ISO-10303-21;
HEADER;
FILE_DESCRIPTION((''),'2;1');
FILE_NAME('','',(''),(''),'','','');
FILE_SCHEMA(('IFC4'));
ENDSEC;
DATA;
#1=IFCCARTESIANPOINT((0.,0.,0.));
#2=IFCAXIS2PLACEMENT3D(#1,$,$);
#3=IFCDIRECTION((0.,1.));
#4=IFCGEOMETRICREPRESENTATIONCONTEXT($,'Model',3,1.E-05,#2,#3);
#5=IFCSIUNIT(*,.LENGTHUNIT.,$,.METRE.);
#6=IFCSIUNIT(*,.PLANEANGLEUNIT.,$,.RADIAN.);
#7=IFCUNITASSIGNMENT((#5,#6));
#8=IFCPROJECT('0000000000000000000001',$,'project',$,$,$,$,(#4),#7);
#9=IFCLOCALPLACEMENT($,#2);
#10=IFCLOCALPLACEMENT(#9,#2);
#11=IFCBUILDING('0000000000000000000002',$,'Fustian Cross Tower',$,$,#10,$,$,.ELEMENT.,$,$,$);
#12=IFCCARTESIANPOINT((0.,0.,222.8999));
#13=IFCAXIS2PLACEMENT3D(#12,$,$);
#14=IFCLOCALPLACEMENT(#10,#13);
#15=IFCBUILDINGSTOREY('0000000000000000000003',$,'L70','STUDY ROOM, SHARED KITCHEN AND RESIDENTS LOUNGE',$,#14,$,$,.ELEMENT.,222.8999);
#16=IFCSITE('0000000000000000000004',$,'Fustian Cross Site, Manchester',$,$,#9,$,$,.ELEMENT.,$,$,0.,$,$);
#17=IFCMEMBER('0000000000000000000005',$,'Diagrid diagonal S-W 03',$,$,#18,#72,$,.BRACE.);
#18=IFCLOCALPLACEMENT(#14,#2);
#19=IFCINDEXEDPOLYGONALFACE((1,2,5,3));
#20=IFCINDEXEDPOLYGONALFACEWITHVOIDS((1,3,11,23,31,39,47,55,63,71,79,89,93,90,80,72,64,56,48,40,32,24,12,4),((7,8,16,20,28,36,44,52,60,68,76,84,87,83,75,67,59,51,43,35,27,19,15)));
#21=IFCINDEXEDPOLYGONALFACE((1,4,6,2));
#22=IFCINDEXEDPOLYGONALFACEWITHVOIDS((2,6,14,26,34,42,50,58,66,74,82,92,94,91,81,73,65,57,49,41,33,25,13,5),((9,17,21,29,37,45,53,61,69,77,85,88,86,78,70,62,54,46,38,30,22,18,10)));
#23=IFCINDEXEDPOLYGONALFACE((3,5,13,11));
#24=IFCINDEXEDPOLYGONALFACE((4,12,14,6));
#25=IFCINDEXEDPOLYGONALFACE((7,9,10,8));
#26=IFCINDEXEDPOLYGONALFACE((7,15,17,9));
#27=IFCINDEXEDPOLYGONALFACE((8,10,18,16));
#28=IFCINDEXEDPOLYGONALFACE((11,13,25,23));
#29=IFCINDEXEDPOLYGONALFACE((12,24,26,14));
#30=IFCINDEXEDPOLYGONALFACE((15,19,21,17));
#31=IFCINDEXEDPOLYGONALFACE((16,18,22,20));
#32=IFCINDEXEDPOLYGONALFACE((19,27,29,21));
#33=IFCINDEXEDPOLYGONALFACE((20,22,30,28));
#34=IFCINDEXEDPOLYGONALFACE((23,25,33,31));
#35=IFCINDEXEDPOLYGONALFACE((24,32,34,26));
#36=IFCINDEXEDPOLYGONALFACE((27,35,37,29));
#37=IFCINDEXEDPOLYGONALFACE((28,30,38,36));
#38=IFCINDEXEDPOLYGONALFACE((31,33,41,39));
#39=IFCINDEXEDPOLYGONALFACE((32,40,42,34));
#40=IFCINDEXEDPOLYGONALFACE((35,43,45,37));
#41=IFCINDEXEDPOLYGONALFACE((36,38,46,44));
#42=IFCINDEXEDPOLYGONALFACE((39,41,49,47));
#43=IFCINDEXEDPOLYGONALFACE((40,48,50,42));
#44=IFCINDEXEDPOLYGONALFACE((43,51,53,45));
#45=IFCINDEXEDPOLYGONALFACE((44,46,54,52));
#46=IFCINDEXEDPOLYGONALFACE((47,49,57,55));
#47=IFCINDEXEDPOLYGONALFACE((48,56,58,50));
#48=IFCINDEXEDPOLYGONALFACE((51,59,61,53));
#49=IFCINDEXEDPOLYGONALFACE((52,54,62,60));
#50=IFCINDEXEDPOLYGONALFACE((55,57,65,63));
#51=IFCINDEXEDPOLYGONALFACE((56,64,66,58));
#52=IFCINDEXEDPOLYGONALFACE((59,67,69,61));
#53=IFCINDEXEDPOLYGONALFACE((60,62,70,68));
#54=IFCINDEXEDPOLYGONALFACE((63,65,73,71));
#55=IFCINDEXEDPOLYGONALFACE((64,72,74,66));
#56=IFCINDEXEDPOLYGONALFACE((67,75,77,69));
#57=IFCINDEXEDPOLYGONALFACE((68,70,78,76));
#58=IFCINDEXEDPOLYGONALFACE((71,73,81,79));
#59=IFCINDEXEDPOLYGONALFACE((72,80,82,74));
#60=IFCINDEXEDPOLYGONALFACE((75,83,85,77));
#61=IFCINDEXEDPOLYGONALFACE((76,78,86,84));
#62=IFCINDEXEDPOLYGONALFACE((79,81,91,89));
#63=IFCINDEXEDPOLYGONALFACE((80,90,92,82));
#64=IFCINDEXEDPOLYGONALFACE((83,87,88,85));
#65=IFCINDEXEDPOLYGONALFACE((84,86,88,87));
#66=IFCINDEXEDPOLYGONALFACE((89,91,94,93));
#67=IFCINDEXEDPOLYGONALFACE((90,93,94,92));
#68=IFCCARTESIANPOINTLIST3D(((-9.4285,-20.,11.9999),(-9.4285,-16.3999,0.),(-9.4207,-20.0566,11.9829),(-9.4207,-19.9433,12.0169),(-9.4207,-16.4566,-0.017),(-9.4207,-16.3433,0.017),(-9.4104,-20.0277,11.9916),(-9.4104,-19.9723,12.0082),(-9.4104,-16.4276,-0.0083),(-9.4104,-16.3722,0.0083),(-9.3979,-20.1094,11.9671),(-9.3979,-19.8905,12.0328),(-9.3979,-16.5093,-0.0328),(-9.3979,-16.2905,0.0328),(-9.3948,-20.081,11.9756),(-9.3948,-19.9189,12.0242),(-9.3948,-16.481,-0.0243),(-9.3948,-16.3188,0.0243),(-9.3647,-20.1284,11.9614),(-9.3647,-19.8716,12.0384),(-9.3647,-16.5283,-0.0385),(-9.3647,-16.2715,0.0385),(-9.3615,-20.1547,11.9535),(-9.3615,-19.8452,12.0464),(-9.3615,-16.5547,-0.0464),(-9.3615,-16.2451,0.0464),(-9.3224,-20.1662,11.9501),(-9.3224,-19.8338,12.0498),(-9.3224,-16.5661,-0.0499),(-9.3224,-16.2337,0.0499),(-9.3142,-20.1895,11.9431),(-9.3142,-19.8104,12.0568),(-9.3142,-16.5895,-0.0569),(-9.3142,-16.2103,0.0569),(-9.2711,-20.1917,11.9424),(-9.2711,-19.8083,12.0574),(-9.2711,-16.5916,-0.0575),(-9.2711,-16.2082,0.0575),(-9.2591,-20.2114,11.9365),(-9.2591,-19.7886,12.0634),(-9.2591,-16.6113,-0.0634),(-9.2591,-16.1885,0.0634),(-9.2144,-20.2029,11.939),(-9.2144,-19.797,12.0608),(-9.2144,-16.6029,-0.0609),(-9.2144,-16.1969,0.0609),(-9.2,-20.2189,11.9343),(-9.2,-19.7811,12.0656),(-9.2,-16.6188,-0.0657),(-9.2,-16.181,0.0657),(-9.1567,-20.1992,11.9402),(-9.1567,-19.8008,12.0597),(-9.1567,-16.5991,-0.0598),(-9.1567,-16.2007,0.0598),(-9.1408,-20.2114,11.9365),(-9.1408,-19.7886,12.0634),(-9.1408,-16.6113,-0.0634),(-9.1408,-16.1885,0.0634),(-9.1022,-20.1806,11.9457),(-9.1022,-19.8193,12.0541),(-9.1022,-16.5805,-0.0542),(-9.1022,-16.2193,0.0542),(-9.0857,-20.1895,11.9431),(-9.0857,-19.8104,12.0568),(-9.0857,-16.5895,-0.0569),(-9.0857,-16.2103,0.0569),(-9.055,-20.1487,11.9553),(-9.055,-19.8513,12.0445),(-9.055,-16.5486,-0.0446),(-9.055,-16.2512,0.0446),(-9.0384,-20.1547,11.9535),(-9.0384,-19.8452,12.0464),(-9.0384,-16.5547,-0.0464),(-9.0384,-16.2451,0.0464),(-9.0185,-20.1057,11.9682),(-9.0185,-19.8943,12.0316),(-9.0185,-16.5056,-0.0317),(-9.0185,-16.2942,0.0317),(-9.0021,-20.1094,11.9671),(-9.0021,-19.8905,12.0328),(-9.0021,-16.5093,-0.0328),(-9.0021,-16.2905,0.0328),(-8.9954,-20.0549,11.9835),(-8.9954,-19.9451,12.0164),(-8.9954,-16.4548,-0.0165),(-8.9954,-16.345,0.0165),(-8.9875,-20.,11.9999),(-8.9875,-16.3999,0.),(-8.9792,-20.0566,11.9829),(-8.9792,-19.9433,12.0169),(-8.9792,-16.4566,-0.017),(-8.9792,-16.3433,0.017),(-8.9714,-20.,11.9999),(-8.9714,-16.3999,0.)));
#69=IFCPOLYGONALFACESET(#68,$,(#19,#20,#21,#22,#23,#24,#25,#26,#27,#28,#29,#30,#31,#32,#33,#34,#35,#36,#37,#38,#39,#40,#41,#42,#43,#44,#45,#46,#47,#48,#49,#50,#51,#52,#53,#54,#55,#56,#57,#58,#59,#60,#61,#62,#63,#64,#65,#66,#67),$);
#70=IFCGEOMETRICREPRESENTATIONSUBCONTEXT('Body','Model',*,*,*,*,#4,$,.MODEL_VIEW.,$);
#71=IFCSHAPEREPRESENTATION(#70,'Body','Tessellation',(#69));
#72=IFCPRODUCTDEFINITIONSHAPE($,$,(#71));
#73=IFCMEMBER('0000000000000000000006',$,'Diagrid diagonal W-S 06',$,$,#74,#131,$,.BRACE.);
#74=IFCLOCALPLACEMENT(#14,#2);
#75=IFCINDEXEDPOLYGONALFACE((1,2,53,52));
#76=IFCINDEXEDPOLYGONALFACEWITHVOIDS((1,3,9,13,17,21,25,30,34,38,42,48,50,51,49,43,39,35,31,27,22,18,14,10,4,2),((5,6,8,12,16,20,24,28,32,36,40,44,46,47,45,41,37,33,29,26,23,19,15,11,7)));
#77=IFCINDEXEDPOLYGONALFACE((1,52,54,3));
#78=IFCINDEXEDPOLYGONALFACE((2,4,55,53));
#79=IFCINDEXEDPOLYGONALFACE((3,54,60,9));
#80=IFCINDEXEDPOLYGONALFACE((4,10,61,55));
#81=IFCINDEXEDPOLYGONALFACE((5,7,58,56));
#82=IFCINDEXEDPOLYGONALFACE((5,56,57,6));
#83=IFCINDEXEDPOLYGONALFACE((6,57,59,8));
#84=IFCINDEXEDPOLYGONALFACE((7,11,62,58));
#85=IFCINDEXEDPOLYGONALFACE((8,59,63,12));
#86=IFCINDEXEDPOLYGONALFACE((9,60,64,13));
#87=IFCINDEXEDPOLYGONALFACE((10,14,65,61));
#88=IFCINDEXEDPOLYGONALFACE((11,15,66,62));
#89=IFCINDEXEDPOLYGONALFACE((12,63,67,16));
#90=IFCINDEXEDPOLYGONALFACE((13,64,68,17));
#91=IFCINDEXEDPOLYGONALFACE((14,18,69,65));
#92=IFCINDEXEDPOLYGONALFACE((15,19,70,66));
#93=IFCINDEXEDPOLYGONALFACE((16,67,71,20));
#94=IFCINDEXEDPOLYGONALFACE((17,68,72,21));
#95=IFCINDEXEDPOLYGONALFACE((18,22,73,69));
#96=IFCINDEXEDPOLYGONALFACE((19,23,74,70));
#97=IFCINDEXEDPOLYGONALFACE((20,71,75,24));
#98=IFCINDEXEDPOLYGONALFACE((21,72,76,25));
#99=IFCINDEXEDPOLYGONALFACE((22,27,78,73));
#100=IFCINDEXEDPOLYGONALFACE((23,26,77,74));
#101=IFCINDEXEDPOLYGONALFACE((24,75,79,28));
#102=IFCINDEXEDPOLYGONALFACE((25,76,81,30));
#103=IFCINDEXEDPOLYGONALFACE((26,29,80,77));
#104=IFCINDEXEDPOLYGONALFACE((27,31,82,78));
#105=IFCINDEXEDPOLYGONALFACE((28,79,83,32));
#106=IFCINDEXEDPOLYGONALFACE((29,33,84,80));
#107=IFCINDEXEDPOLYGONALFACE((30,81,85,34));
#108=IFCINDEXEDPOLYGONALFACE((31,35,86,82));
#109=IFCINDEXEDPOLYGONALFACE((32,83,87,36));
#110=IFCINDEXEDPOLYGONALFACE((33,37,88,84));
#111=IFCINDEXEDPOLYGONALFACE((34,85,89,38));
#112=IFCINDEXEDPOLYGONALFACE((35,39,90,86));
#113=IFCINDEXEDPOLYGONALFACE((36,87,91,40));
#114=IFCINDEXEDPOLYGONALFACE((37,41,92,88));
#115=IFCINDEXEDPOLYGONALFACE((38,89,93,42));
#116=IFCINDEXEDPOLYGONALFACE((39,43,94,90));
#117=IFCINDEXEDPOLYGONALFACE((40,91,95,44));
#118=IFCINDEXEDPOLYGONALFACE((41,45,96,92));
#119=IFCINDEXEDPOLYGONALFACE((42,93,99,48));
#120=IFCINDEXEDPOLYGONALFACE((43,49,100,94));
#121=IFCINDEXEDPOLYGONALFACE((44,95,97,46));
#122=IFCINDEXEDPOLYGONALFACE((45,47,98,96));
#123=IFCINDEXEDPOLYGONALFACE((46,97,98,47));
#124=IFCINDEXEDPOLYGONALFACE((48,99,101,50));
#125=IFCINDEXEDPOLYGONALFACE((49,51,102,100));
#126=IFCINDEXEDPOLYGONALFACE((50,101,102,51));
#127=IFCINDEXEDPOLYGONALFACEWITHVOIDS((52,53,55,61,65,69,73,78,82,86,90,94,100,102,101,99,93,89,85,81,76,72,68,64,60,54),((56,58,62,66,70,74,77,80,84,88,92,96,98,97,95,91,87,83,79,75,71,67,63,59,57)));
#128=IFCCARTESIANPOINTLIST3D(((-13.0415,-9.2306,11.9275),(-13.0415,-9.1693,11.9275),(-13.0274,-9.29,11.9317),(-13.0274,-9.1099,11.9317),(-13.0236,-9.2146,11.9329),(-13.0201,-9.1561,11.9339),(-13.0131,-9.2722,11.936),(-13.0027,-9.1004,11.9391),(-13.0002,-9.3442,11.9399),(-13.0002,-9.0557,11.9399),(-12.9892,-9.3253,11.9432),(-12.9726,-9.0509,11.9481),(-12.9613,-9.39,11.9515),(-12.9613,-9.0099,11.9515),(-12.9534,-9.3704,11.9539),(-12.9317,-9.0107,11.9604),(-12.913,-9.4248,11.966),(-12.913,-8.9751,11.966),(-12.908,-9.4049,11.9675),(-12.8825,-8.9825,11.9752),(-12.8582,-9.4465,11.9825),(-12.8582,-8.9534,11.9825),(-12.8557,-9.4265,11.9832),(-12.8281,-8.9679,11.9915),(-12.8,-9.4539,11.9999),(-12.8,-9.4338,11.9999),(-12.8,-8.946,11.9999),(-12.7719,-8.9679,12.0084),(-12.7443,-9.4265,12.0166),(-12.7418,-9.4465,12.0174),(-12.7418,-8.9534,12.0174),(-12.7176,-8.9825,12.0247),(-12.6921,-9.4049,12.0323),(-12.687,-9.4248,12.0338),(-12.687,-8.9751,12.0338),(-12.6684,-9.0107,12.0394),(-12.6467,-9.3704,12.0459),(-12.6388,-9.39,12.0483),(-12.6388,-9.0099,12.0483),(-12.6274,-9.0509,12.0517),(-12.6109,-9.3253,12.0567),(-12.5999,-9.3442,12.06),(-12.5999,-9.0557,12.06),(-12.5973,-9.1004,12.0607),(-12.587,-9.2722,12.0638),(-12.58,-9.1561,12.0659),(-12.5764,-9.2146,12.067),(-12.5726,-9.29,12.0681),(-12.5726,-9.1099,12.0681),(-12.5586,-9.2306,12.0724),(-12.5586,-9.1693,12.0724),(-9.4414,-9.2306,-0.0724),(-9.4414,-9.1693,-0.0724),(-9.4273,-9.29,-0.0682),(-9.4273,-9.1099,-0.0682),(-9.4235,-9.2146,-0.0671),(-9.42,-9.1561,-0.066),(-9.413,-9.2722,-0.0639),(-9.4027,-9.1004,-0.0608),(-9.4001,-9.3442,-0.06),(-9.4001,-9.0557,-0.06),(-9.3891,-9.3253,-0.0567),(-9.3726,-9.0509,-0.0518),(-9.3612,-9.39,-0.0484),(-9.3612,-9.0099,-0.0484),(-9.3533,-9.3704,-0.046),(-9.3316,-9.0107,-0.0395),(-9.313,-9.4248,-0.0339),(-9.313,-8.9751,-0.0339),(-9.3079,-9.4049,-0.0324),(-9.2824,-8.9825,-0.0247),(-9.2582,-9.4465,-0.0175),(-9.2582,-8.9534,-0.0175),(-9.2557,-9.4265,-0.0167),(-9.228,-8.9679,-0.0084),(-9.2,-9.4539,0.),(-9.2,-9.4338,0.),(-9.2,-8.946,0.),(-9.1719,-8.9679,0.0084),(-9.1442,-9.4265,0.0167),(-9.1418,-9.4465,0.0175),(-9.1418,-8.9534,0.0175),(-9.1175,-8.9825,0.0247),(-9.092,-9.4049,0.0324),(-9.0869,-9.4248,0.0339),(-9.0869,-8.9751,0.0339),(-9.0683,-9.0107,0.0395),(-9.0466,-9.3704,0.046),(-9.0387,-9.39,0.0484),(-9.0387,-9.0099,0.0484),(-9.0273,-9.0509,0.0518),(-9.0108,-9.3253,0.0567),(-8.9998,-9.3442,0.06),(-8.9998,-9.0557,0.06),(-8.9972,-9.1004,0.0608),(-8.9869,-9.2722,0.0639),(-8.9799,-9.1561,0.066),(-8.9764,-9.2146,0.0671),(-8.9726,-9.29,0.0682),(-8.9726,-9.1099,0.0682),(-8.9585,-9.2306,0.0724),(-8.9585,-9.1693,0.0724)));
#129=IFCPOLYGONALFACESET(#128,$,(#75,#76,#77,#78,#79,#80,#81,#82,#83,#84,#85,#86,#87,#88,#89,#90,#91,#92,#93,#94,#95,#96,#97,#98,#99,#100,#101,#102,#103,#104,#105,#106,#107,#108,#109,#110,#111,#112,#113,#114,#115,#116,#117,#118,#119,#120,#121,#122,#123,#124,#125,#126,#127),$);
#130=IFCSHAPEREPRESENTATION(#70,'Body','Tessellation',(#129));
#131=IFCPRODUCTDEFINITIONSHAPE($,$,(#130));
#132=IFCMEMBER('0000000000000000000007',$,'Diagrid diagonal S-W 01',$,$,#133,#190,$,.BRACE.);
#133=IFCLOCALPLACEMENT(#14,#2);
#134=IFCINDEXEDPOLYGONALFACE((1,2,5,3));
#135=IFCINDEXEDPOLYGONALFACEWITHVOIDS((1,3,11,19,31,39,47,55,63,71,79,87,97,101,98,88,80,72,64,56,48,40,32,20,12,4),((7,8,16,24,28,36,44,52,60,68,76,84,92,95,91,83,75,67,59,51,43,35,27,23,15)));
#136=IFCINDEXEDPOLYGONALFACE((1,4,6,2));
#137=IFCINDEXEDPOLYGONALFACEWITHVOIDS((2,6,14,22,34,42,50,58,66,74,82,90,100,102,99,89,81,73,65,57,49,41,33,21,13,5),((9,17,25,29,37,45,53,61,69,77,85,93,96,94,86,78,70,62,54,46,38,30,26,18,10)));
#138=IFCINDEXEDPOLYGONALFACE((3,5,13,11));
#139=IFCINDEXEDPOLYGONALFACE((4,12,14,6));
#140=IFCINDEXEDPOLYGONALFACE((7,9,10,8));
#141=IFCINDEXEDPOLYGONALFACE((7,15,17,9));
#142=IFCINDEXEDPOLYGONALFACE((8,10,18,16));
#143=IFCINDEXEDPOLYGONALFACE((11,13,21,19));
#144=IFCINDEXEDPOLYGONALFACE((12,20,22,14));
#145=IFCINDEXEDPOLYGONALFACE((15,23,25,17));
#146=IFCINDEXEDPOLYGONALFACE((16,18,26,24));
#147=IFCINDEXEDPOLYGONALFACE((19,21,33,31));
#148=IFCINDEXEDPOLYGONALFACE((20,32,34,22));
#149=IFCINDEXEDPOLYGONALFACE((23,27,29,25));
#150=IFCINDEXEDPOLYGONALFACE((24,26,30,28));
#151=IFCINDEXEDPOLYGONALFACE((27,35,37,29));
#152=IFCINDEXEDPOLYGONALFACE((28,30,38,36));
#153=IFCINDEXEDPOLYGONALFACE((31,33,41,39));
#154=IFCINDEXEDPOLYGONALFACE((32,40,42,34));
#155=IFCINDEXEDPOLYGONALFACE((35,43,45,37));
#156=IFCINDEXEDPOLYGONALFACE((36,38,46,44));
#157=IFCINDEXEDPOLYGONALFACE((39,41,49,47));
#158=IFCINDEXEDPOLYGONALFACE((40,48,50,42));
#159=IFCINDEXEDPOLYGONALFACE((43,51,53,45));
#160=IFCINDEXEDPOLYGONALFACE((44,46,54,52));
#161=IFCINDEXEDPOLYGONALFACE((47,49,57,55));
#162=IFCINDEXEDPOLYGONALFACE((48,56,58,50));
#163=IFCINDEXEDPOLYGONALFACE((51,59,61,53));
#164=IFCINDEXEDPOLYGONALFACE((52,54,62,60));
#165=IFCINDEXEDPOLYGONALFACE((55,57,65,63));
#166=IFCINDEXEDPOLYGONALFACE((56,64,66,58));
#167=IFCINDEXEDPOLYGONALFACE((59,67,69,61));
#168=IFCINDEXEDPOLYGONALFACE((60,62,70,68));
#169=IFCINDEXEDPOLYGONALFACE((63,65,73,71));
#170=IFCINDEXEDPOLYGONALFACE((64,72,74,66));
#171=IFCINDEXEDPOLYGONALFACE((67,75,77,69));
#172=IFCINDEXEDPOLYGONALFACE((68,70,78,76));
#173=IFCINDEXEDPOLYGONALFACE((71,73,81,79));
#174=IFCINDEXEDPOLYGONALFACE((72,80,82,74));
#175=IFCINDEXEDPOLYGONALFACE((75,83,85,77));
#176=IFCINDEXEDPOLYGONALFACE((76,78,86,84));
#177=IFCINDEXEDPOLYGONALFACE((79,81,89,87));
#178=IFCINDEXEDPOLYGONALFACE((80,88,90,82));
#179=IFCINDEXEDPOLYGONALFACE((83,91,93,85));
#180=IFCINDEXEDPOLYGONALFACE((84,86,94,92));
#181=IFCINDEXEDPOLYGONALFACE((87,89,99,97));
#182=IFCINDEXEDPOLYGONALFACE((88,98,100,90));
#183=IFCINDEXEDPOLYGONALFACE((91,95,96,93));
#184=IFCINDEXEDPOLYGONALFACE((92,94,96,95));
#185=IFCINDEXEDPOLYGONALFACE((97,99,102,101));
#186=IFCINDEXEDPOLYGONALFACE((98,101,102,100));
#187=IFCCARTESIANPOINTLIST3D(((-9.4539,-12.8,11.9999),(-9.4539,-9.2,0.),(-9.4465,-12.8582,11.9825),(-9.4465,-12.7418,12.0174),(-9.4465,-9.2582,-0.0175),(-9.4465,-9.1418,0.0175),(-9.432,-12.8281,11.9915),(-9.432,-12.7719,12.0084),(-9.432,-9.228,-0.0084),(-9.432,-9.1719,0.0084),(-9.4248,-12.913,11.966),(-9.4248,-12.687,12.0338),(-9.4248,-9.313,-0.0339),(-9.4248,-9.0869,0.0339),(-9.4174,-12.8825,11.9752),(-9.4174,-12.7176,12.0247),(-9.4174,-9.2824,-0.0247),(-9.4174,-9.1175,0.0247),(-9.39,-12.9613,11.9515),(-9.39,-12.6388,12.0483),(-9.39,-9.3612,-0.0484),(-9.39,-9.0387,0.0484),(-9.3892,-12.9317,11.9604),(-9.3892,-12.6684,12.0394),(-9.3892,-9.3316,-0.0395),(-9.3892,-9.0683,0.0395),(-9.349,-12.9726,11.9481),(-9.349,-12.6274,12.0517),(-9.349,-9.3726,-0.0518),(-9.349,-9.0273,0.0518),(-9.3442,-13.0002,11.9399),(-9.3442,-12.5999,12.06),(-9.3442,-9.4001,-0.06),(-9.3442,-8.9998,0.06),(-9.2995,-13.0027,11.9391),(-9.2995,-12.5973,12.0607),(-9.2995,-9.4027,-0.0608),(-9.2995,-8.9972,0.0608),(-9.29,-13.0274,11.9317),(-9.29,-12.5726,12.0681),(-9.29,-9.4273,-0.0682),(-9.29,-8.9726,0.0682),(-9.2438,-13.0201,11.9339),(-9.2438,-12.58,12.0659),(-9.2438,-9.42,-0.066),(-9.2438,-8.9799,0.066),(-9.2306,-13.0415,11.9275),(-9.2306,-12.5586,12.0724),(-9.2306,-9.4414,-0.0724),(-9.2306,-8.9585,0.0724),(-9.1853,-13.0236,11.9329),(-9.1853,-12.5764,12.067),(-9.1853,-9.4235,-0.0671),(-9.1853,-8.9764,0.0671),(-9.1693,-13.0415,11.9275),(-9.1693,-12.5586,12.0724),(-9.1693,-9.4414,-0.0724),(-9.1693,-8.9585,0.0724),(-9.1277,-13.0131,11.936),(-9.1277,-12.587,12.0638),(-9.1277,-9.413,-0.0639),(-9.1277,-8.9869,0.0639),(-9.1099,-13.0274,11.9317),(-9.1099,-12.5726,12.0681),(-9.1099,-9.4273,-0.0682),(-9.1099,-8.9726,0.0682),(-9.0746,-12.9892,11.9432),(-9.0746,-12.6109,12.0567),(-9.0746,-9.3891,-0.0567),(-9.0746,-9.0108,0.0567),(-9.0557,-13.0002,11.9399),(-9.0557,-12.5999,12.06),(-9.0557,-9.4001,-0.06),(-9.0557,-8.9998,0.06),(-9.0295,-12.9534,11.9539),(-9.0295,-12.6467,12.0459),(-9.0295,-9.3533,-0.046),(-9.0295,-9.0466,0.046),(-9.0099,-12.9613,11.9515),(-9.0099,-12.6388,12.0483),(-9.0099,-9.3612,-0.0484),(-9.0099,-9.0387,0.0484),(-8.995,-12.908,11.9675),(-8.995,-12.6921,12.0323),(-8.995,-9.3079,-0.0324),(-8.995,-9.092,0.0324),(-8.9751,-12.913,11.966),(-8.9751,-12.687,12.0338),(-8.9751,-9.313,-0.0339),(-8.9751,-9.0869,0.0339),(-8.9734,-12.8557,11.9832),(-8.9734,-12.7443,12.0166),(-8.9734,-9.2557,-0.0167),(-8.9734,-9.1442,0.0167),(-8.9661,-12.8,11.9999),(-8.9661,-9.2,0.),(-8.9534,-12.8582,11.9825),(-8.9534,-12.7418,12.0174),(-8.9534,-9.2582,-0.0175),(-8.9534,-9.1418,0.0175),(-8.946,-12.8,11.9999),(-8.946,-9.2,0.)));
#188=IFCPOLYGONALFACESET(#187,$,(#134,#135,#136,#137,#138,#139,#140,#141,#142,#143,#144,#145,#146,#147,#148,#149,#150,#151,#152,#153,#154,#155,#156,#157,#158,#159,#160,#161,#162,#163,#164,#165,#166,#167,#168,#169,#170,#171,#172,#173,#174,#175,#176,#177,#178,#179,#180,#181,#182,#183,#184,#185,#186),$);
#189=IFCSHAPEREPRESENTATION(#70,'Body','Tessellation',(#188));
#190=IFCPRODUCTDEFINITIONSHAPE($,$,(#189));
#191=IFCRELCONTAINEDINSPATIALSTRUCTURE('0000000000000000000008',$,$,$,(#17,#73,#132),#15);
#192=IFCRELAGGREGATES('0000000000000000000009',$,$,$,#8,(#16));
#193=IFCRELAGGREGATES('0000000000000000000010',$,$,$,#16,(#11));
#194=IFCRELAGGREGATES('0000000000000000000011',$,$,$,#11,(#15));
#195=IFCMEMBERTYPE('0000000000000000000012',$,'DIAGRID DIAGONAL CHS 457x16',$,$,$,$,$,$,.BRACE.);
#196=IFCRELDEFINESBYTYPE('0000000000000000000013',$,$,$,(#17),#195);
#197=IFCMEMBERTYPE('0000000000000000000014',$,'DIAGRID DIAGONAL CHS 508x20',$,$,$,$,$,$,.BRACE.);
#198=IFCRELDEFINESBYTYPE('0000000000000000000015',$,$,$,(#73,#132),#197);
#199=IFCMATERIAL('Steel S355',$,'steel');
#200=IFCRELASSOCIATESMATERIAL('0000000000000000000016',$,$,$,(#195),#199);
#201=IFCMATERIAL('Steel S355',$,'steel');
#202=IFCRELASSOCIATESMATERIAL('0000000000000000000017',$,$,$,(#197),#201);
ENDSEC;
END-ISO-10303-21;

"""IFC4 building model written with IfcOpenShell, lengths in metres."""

from ifc_helpers import new_model, si_unit, direction, frame, origin, origin_2d, place, context, subcontext, project, spatial, hollow_circle, extrude, material, material_profile, profile_set, type_object, element, save


model = new_model("IFC4")

# Units and contexts
model_context = context("Model", 3, precision=1e-05, world=origin(), true_north=direction((0.0, 1.0)))
body_context = subcontext(model_context, "Body", "Model", "MODEL_VIEW")
ifc_project = project(units=[si_unit("LENGTHUNIT", "METRE"), si_unit("PLANEANGLEUNIT", "RADIAN")], contexts=[model_context])

# Site, building, storey
site_placement = place(None, origin())
site = spatial("IfcSite", under=ifc_project, at=site_placement, Name="Fustian Cross Site, Manchester", CompositionType="ELEMENT", RefElevation=0.0)
building_placement = place(site_placement, origin())
building = spatial("IfcBuilding", under=site, at=building_placement, Name="Fustian Cross Tower", CompositionType="ELEMENT")
storey_placement = place(building_placement, frame((0.0, 0.0, 222.8999)))
storey = spatial("IfcBuildingStorey", under=building, at=storey_placement, Name="L70", Description="STUDY ROOM, SHARED KITCHEN AND RESIDENTS LOUNGE", CompositionType="ELEMENT", Elevation=222.8999)

# Members
ifc_material_1 = material(Name="Steel S355", Category="steel")
ifc_material_profile_1 = material_profile(ifc_material_1, hollow_circle(Radius=0.2285, WallThickness=0.0161, at=origin_2d()), Name="CHS 457x16")
ifc_profile_set_1 = profile_set([ifc_material_profile_1], Name="Steel S355")
member_type_1 = type_object("IfcMemberType", Name="DIAGRID DIAGONAL CHS 457x16", PredefinedType="BRACE", material=ifc_profile_set_1)
for number, where, z_axis, x_axis, name in (
    (1, (-9.2, -16.3999, 0.0), (0.0, -0.287355, 0.957824), (1.0, 0.0, 0.0), "Diagrid diagonal S-W 03"),
):
    element("IfcMember", number, at=place(storey_placement, frame(where, z_axis=z_axis, x_axis=x_axis)), inside=storey, type_object=member_type_1, Name=name, PredefinedType="BRACE", context=body_context, shape_type="SweptSolid", body=[
        extrude(hollow_circle(Radius=0.2285, WallThickness=0.0161, at=origin_2d()), origin(), (0.0, 0.0, 1.0), 12.5283),
    ])
ifc_material_2 = material(Name="Steel S355", Category="steel")
ifc_material_profile_2 = material_profile(ifc_material_2, hollow_circle(Radius=0.2539, WallThickness=0.02, at=origin_2d()), Name="CHS 508x20")
ifc_profile_set_2 = profile_set([ifc_material_profile_2], Name="Steel S355")
member_type_2 = type_object("IfcMemberType", Name="DIAGRID DIAGONAL CHS 508x20", PredefinedType="BRACE", material=ifc_profile_set_2)
for number, where, z_axis, x_axis, name in (
    (2, (-9.2, -9.2, 0.0), (-0.287355, 0.0, 0.957824), (0.0, -1.0, 0.0), "Diagrid diagonal W-S 06"),
    (3, (-9.2, -9.2, 0.0), (0.0, -0.287355, 0.957824), (1.0, 0.0, 0.0), "Diagrid diagonal S-W 01"),
):
    element("IfcMember", number, at=place(storey_placement, frame(where, z_axis=z_axis, x_axis=x_axis)), inside=storey, type_object=member_type_2, Name=name, PredefinedType="BRACE", context=body_context, shape_type="SweptSolid", body=[
        extrude(hollow_circle(Radius=0.2539, WallThickness=0.02, at=origin_2d()), origin(), (0.0, 0.0, 1.0), 12.5283),
    ])

save(model, "model.ifc")
